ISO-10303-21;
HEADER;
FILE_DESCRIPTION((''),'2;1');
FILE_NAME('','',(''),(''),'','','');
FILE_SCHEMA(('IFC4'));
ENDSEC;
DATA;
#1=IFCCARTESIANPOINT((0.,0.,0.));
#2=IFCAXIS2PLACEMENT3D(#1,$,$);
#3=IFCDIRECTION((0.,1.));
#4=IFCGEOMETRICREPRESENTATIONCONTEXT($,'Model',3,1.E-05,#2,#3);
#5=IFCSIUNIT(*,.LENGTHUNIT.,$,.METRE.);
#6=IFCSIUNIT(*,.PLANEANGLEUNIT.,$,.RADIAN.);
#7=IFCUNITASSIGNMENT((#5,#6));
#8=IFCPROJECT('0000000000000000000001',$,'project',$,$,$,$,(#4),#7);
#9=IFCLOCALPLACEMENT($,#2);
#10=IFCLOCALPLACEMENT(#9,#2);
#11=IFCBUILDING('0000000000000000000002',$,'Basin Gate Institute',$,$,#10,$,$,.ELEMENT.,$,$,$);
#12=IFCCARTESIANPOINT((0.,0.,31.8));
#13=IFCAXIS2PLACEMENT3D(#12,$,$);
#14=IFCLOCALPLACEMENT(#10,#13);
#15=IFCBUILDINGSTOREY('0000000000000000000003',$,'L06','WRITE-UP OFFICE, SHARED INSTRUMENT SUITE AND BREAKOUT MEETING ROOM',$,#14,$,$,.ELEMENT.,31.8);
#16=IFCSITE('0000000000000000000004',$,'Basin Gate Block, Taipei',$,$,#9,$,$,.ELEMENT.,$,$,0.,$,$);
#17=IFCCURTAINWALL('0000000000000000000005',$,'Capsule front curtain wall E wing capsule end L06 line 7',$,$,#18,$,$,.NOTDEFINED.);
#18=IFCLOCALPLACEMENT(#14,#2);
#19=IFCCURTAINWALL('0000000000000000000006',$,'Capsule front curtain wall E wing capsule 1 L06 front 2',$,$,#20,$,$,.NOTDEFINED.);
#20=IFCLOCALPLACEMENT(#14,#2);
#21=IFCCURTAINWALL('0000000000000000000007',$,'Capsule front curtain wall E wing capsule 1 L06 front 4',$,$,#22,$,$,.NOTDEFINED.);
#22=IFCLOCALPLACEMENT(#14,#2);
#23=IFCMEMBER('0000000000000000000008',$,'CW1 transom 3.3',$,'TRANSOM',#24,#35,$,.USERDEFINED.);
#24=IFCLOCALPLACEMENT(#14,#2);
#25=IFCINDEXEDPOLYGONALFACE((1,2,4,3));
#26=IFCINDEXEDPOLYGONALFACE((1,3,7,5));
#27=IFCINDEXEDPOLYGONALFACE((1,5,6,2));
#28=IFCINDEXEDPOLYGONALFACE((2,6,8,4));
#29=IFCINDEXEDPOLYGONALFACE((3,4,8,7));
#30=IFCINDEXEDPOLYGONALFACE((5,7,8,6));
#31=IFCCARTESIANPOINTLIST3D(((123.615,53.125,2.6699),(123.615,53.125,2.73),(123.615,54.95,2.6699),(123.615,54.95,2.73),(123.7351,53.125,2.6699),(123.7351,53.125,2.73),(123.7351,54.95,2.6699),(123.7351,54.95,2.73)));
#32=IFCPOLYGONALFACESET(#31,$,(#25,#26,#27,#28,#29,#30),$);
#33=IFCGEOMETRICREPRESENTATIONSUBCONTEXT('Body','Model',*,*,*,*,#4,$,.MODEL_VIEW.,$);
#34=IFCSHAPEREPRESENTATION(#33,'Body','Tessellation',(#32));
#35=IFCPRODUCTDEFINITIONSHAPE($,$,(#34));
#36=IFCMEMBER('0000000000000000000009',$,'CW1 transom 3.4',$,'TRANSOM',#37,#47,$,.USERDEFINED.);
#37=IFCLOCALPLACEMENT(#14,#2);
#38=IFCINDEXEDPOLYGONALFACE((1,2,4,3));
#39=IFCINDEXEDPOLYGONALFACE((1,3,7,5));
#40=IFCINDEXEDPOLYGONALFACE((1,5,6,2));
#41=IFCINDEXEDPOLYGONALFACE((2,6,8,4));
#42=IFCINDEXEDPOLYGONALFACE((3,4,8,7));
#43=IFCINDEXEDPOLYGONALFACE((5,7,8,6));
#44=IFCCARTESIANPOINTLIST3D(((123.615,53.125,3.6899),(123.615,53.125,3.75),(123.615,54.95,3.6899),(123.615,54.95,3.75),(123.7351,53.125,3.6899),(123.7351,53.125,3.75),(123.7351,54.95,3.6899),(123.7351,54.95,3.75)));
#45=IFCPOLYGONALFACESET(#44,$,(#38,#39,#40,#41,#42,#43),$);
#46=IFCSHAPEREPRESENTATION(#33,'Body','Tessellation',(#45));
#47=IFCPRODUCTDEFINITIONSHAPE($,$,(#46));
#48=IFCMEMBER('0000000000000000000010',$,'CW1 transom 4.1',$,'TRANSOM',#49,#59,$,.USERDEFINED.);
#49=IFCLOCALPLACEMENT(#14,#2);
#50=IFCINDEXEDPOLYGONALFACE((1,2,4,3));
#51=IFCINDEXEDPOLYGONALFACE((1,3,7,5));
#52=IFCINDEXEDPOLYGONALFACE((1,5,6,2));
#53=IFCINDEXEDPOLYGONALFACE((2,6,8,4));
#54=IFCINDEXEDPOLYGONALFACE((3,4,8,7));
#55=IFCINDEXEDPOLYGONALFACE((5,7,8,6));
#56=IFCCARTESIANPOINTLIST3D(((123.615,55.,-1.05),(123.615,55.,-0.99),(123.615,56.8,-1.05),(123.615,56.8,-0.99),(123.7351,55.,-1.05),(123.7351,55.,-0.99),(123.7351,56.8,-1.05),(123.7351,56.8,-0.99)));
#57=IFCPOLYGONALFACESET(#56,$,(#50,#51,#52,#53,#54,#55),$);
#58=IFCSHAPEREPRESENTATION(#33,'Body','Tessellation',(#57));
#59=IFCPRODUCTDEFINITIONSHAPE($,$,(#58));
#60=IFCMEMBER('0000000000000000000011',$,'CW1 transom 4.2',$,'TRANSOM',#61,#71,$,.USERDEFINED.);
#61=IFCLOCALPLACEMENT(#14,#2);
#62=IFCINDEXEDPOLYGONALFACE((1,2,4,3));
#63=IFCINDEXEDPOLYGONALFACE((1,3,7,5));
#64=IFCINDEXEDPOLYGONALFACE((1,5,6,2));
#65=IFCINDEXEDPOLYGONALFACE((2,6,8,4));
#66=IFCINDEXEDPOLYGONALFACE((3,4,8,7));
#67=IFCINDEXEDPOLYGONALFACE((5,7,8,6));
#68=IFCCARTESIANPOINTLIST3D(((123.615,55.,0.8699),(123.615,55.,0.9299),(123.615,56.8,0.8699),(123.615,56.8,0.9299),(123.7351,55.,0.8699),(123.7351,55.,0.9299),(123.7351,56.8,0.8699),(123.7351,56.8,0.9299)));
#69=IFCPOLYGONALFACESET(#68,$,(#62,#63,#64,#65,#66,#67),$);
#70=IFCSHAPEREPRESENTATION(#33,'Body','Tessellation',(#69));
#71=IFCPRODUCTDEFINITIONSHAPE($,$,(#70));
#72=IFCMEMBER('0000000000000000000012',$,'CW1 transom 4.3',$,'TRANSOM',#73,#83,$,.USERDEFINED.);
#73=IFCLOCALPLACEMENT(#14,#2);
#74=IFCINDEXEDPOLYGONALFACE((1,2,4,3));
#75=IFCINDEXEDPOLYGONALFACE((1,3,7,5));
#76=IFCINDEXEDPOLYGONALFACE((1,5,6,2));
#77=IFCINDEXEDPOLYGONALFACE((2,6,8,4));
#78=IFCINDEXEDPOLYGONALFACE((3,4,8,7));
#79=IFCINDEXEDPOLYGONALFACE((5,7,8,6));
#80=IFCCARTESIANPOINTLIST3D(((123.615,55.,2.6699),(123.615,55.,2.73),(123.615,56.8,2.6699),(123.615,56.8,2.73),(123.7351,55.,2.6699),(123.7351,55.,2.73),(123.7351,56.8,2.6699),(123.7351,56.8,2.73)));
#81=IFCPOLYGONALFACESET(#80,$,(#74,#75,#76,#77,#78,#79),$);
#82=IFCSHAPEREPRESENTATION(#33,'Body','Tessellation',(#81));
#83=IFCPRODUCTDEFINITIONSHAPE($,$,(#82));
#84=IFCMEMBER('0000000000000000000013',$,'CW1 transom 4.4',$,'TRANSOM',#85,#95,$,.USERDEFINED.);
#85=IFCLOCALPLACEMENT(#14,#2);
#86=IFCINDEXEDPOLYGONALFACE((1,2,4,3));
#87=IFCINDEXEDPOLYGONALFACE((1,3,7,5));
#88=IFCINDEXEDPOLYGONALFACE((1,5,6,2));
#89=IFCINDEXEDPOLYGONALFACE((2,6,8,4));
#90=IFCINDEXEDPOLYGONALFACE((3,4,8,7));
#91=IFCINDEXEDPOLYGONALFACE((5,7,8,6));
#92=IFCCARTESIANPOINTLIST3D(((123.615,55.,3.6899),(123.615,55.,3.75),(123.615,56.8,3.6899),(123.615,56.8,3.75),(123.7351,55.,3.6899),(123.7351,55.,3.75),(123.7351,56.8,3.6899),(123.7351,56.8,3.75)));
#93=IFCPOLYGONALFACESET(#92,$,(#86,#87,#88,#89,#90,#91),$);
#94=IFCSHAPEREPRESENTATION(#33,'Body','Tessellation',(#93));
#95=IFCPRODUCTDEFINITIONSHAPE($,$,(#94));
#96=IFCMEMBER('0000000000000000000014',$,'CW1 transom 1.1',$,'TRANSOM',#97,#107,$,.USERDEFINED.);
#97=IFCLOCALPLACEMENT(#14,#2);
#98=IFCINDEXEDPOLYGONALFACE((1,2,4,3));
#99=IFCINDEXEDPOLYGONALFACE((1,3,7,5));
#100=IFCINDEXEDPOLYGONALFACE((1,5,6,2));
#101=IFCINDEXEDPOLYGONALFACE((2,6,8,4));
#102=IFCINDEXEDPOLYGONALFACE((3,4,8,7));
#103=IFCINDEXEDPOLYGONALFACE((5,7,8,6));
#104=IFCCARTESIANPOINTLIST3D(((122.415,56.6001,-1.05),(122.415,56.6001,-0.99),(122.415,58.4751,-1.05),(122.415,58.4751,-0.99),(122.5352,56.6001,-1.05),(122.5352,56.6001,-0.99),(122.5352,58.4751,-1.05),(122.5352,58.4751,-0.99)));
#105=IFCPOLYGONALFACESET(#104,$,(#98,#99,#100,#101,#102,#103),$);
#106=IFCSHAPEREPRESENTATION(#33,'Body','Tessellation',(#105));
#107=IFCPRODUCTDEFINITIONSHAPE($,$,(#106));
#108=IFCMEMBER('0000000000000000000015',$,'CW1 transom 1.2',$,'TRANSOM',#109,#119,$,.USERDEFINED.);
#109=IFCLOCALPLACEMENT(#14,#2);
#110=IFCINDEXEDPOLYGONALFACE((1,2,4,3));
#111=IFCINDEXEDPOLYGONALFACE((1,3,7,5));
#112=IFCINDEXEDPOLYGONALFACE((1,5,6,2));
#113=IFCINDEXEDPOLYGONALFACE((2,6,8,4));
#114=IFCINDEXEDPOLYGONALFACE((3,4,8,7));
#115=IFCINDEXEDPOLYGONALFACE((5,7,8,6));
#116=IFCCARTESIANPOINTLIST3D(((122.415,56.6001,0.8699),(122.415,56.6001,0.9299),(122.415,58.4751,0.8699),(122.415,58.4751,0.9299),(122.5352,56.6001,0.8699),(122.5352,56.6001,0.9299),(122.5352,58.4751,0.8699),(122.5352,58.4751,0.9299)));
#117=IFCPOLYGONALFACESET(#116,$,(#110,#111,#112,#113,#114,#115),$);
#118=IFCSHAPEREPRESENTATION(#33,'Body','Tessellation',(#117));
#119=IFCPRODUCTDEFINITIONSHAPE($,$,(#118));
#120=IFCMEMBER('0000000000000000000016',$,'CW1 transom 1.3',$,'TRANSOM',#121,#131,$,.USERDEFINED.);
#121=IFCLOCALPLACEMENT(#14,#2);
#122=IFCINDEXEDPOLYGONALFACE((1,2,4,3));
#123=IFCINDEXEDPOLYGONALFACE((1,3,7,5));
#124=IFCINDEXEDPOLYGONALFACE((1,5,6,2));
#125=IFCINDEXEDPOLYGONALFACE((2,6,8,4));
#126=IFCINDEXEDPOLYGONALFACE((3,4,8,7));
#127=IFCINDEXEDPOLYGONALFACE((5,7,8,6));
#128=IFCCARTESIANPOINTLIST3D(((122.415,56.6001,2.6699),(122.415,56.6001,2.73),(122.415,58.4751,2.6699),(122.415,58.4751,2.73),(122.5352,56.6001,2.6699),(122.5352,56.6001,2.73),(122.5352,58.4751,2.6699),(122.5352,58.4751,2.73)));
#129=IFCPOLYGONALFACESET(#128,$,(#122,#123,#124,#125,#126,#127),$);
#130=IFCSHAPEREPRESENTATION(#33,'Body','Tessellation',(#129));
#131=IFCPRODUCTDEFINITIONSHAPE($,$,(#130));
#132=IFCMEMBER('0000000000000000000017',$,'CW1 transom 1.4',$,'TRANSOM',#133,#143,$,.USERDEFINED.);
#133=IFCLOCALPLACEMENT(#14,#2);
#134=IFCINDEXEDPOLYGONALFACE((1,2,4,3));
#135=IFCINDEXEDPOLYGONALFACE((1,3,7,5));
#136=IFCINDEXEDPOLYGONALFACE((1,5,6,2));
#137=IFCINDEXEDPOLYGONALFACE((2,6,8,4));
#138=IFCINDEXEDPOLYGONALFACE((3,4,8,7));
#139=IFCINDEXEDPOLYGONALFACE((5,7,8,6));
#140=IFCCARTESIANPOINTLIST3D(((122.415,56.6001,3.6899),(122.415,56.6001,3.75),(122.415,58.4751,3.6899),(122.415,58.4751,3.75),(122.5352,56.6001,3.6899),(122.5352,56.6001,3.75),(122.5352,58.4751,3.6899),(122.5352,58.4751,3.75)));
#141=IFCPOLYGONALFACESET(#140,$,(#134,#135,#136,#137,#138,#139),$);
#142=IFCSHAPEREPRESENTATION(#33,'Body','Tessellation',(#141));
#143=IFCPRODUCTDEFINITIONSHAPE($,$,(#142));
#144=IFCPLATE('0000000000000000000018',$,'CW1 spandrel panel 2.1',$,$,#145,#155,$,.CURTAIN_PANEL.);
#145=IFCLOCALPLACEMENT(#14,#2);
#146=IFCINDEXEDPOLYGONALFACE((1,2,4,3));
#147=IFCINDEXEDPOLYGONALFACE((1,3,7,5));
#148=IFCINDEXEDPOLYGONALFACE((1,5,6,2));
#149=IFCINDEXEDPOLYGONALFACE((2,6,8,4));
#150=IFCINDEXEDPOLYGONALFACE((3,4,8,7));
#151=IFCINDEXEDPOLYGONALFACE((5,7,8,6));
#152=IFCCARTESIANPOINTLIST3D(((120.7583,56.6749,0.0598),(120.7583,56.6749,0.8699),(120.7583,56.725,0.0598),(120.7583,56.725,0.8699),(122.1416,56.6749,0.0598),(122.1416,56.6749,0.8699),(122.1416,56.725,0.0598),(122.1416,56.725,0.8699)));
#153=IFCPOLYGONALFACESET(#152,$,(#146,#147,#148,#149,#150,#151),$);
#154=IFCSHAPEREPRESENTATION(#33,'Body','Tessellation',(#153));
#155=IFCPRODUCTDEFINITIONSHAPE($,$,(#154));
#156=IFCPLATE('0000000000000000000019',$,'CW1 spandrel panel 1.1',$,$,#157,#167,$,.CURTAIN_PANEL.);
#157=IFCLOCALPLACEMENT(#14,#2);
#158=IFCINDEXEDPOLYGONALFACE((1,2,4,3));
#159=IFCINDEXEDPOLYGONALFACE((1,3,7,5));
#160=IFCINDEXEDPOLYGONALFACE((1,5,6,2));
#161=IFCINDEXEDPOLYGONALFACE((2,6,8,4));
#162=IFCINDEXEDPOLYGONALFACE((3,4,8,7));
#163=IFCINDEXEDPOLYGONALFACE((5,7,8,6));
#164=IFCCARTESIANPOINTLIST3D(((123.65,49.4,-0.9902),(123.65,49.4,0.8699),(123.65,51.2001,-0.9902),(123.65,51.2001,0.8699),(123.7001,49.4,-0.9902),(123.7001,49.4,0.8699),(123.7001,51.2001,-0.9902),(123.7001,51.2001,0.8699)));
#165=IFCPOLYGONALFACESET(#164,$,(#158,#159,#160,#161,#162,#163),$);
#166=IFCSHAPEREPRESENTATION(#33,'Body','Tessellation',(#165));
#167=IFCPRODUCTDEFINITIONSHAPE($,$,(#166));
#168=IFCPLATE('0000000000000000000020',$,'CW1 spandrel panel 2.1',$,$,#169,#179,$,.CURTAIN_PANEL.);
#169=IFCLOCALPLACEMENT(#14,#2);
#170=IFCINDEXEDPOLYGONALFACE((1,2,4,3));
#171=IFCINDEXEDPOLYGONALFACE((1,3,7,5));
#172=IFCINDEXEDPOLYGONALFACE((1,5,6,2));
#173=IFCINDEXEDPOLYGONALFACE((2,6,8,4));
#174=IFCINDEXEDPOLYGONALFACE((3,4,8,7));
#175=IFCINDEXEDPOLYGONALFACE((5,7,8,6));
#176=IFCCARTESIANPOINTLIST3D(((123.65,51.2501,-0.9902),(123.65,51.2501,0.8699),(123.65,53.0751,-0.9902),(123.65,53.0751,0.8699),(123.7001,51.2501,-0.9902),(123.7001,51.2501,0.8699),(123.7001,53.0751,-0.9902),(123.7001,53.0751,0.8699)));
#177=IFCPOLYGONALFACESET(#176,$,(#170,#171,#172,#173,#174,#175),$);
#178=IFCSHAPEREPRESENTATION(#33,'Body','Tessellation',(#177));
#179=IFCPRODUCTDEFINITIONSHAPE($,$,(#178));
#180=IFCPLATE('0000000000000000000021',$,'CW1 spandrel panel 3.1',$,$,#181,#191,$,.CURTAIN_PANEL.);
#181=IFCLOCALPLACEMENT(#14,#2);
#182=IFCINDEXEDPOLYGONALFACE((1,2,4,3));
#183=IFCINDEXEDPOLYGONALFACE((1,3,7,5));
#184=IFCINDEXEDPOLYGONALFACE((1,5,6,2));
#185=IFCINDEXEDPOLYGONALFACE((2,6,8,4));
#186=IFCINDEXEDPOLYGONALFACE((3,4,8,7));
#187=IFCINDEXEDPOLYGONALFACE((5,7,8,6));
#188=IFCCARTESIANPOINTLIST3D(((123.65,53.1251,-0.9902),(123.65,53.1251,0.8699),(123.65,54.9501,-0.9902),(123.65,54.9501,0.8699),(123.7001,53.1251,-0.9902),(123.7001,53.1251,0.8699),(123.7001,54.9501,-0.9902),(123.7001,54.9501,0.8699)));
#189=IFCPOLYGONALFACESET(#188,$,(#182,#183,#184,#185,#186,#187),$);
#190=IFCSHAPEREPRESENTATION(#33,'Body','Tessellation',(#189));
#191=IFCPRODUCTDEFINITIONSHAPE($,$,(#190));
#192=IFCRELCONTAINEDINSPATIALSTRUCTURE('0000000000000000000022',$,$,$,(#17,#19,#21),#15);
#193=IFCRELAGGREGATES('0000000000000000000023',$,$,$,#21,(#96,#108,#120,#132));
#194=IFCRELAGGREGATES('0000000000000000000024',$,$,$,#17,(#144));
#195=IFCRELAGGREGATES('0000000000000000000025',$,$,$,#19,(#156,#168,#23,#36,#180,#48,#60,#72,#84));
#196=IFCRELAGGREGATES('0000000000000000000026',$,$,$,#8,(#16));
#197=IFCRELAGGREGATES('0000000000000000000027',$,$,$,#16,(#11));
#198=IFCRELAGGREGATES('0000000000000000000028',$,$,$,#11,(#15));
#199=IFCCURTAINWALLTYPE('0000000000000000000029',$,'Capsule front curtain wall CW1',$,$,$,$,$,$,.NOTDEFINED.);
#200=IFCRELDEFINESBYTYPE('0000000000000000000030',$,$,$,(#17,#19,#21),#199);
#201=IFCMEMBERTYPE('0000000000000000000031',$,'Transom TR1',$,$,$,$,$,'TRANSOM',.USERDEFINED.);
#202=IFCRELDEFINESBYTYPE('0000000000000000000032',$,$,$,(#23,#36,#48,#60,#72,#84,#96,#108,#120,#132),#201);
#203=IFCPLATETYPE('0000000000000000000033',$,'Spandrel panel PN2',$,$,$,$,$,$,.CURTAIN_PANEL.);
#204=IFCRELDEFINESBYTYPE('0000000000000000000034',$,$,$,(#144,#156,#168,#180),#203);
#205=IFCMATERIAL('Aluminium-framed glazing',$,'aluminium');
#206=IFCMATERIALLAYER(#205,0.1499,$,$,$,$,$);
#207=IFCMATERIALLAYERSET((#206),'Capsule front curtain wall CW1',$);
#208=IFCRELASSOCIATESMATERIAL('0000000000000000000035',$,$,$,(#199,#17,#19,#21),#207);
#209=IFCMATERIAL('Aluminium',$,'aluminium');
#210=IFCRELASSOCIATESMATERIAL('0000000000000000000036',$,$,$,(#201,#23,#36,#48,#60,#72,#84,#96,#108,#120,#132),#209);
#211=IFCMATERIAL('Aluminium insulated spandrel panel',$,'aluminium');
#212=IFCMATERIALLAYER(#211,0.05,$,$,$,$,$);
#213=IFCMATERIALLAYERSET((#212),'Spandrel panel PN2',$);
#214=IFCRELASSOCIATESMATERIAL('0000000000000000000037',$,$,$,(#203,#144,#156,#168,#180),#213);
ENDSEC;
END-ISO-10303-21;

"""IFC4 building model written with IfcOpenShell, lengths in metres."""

from ifc_helpers import new_model, si_unit, direction, frame, origin, origin_2d, place, context, subcontext, project, spatial, rectangle, extrude, material, layer, layer_set, material_profile, profile_set, type_object, element, aggregate, save


model = new_model("IFC4")

# Units and contexts
model_context = context("Model", 3, precision=1e-05, world=origin(), true_north=direction((0.0, 1.0)))
body_context = subcontext(model_context, "Body", "Model", "MODEL_VIEW")
ifc_project = project(units=[si_unit("LENGTHUNIT", "METRE"), si_unit("PLANEANGLEUNIT", "RADIAN")], contexts=[model_context])

# Site, building, storey
site_placement = place(None, origin())
site = spatial("IfcSite", under=ifc_project, at=site_placement, Name="Basin Gate Block, Taipei", CompositionType="ELEMENT", RefElevation=0.0)
building_placement = place(site_placement, origin())
building = spatial("IfcBuilding", under=site, at=building_placement, Name="Basin Gate Institute", CompositionType="ELEMENT")
storey_placement = place(building_placement, frame((0.0, 0.0, 31.8)))
storey = spatial("IfcBuildingStorey", under=building, at=storey_placement, Name="L06", Description="WRITE-UP OFFICE, SHARED INSTRUMENT SUITE AND BREAKOUT MEETING ROOM", CompositionType="ELEMENT", Elevation=31.8)

# Curtain wall
ifc_material_1 = material(Name="Aluminium-framed glazing", Category="aluminium")
ifc_layer_1 = layer(ifc_material_1, 0.1499)
ifc_layer_set_1 = layer_set([ifc_layer_1], Name="Capsule front curtain wall CW1")
curtain_wall_type = type_object("IfcCurtainWallType", Name="Capsule front curtain wall CW1", PredefinedType="NOTDEFINED", material=ifc_layer_set_1)
curtain_wall_1_placement = place(storey_placement, origin())
curtain_wall_1 = element("IfcCurtainWall", 1, at=curtain_wall_1_placement, inside=storey, type_object=curtain_wall_type, material=ifc_layer_set_1, Name="Capsule front curtain wall E wing capsule end L06 line 7", PredefinedType="NOTDEFINED")

# Curtain wall
curtain_wall_2_placement = place(storey_placement, origin())
curtain_wall_2 = element("IfcCurtainWall", 2, at=curtain_wall_2_placement, inside=storey, type_object=curtain_wall_type, material=ifc_layer_set_1, Name="Capsule front curtain wall E wing capsule 1 L06 front 2", PredefinedType="NOTDEFINED")

# Curtain wall
curtain_wall_3_placement = place(storey_placement, origin())
curtain_wall_3 = element("IfcCurtainWall", 3, at=curtain_wall_3_placement, inside=storey, type_object=curtain_wall_type, material=ifc_layer_set_1, Name="Capsule front curtain wall E wing capsule 1 L06 front 4", PredefinedType="NOTDEFINED")

# Members
ifc_material_2 = material(Name="Aluminium", Category="aluminium")
ifc_material_profile_1 = material_profile(ifc_material_2, rectangle(XDim=0.1201, YDim=0.0601, at=origin_2d()), Name="Transom TR1 120 x 60")
ifc_profile_set_1 = profile_set([ifc_material_profile_1], Name="Aluminium")
member_type_1 = type_object("IfcMemberType", Name="Transom TR1", ElementType="TRANSOM", PredefinedType="USERDEFINED", material=ifc_profile_set_1)
member_1_placement = place(storey_placement, frame((123.675, 53.125, 2.7), z_axis=(0.0, 1.0, 0.0), x_axis=(-1.0, 0.0, 0.0)))
member_1 = element("IfcMember", 4, at=member_1_placement, type_object=member_type_1, material=ifc_profile_set_1, Name="CW1 transom 3.3", ObjectType="TRANSOM", PredefinedType="USERDEFINED", context=body_context, shape_type="SweptSolid", body=[
    extrude(rectangle(XDim=0.1201, YDim=0.0601, at=origin_2d()), origin(), (0.0, 0.0, 1.0), 1.825),
])
member_2_placement = place(storey_placement, frame((123.675, 53.125, 3.72), z_axis=(0.0, 1.0, 0.0), x_axis=(-1.0, 0.0, 0.0)))
member_2 = element("IfcMember", 5, at=member_2_placement, type_object=member_type_1, material=ifc_profile_set_1, Name="CW1 transom 3.4", ObjectType="TRANSOM", PredefinedType="USERDEFINED", context=body_context, shape_type="SweptSolid", body=[
    extrude(rectangle(XDim=0.1201, YDim=0.0601, at=origin_2d()), origin(), (0.0, 0.0, 1.0), 1.825),
])
member_3_placement = place(storey_placement, frame((123.675, 55.0, -1.02), z_axis=(0.0, 1.0, 0.0), x_axis=(-1.0, 0.0, 0.0)))
member_3 = element("IfcMember", 6, at=member_3_placement, type_object=member_type_1, material=ifc_profile_set_1, Name="CW1 transom 4.1", ObjectType="TRANSOM", PredefinedType="USERDEFINED", context=body_context, shape_type="SweptSolid", body=[
    extrude(rectangle(XDim=0.1201, YDim=0.0601, at=origin_2d()), origin(), (0.0, 0.0, 1.0), 1.8),
])
member_4_placement = place(storey_placement, frame((123.675, 55.0, 0.8999), z_axis=(0.0, 1.0, 0.0), x_axis=(-1.0, 0.0, 0.0)))
member_4 = element("IfcMember", 7, at=member_4_placement, type_object=member_type_1, material=ifc_profile_set_1, Name="CW1 transom 4.2", ObjectType="TRANSOM", PredefinedType="USERDEFINED", context=body_context, shape_type="SweptSolid", body=[
    extrude(rectangle(XDim=0.1201, YDim=0.0601, at=origin_2d()), origin(), (0.0, 0.0, 1.0), 1.8),
])
member_5_placement = place(storey_placement, frame((123.675, 55.0, 2.7), z_axis=(0.0, 1.0, 0.0), x_axis=(-1.0, 0.0, 0.0)))
member_5 = element("IfcMember", 8, at=member_5_placement, type_object=member_type_1, material=ifc_profile_set_1, Name="CW1 transom 4.3", ObjectType="TRANSOM", PredefinedType="USERDEFINED", context=body_context, shape_type="SweptSolid", body=[
    extrude(rectangle(XDim=0.1201, YDim=0.0601, at=origin_2d()), origin(), (0.0, 0.0, 1.0), 1.8),
])
member_6_placement = place(storey_placement, frame((123.675, 55.0, 3.72), z_axis=(0.0, 1.0, 0.0), x_axis=(-1.0, 0.0, 0.0)))
member_6 = element("IfcMember", 9, at=member_6_placement, type_object=member_type_1, material=ifc_profile_set_1, Name="CW1 transom 4.4", ObjectType="TRANSOM", PredefinedType="USERDEFINED", context=body_context, shape_type="SweptSolid", body=[
    extrude(rectangle(XDim=0.1201, YDim=0.0601, at=origin_2d()), origin(), (0.0, 0.0, 1.0), 1.8),
])
member_7_placement = place(storey_placement, frame((122.4751, 56.6001, -1.02), z_axis=(0.0, 1.0, 0.0), x_axis=(-1.0, 0.0, 0.0)))
member_7 = element("IfcMember", 10, at=member_7_placement, type_object=member_type_1, material=ifc_profile_set_1, Name="CW1 transom 1.1", ObjectType="TRANSOM", PredefinedType="USERDEFINED", context=body_context, shape_type="SweptSolid", body=[
    extrude(rectangle(XDim=0.1201, YDim=0.0601, at=origin_2d()), origin(), (0.0, 0.0, 1.0), 1.875),
])
member_8_placement = place(storey_placement, frame((122.4751, 56.6001, 0.8999), z_axis=(0.0, 1.0, 0.0), x_axis=(-1.0, 0.0, 0.0)))
member_8 = element("IfcMember", 11, at=member_8_placement, type_object=member_type_1, material=ifc_profile_set_1, Name="CW1 transom 1.2", ObjectType="TRANSOM", PredefinedType="USERDEFINED", context=body_context, shape_type="SweptSolid", body=[
    extrude(rectangle(XDim=0.1201, YDim=0.0601, at=origin_2d()), origin(), (0.0, 0.0, 1.0), 1.875),
])
member_9_placement = place(storey_placement, frame((122.4751, 56.6001, 2.7), z_axis=(0.0, 1.0, 0.0), x_axis=(-1.0, 0.0, 0.0)))
member_9 = element("IfcMember", 12, at=member_9_placement, type_object=member_type_1, material=ifc_profile_set_1, Name="CW1 transom 1.3", ObjectType="TRANSOM", PredefinedType="USERDEFINED", context=body_context, shape_type="SweptSolid", body=[
    extrude(rectangle(XDim=0.1201, YDim=0.0601, at=origin_2d()), origin(), (0.0, 0.0, 1.0), 1.875),
])
member_10_placement = place(storey_placement, frame((122.4751, 56.6001, 3.72), z_axis=(0.0, 1.0, 0.0), x_axis=(-1.0, 0.0, 0.0)))
member_10 = element("IfcMember", 13, at=member_10_placement, type_object=member_type_1, material=ifc_profile_set_1, Name="CW1 transom 1.4", ObjectType="TRANSOM", PredefinedType="USERDEFINED", context=body_context, shape_type="SweptSolid", body=[
    extrude(rectangle(XDim=0.1201, YDim=0.0601, at=origin_2d()), origin(), (0.0, 0.0, 1.0), 1.875),
])
aggregate(curtain_wall_3, [member_7, member_8, member_9, member_10])

# Plates
ifc_material_3 = material(Name="Aluminium insulated spandrel panel", Category="aluminium")
ifc_layer_2 = layer(ifc_material_3, 0.05)
ifc_layer_set_2 = layer_set([ifc_layer_2], Name="Spandrel panel PN2")
plate_type_1 = type_object("IfcPlateType", Name="Spandrel panel PN2", PredefinedType="CURTAIN_PANEL", material=ifc_layer_set_2)
plate_1_placement = place(storey_placement, frame((121.45, 56.7, 0.0598), z_axis=(0.0, 0.0, 1.0), x_axis=(-1.0, 0.0, 0.0)))
plate_1 = element("IfcPlate", 14, at=plate_1_placement, type_object=plate_type_1, material=ifc_layer_set_2, Name="CW1 spandrel panel 2.1", PredefinedType="CURTAIN_PANEL", context=body_context, shape_type="SweptSolid", body=[
    extrude(rectangle(XDim=1.3833, YDim=0.05, at=origin_2d()), origin(), (0.0, 0.0, 1.0), 0.8101),
])
plate_2_placement = place(storey_placement, frame((123.675, 50.3, -0.9902), z_axis=(0.0, 0.0, 1.0), x_axis=(0.0, 1.0, 0.0)))
plate_2 = element("IfcPlate", 15, at=plate_2_placement, type_object=plate_type_1, material=ifc_layer_set_2, Name="CW1 spandrel panel 1.1", PredefinedType="CURTAIN_PANEL", context=body_context, shape_type="SweptSolid", body=[
    extrude(rectangle(XDim=1.8, YDim=0.05, at=origin_2d()), origin(), (0.0, 0.0, 1.0), 1.8601),
])
plate_3_placement = place(storey_placement, frame((123.675, 52.1626, -0.9902), z_axis=(0.0, 0.0, 1.0), x_axis=(0.0, 1.0, 0.0)))
plate_3 = element("IfcPlate", 16, at=plate_3_placement, type_object=plate_type_1, material=ifc_layer_set_2, Name="CW1 spandrel panel 2.1", PredefinedType="CURTAIN_PANEL", context=body_context, shape_type="SweptSolid", body=[
    extrude(rectangle(XDim=1.825, YDim=0.05, at=origin_2d()), origin(), (0.0, 0.0, 1.0), 1.8601),
])
plate_4_placement = place(storey_placement, frame((123.675, 54.0376, -0.9902), z_axis=(0.0, 0.0, 1.0), x_axis=(0.0, 1.0, 0.0)))
plate_4 = element("IfcPlate", 17, at=plate_4_placement, type_object=plate_type_1, material=ifc_layer_set_2, Name="CW1 spandrel panel 3.1", PredefinedType="CURTAIN_PANEL", context=body_context, shape_type="SweptSolid", body=[
    extrude(rectangle(XDim=1.825, YDim=0.05, at=origin_2d()), origin(), (0.0, 0.0, 1.0), 1.8601),
])
aggregate(curtain_wall_1, [plate_1])
aggregate(curtain_wall_2, [plate_2, plate_3, member_1, member_2, plate_4, member_3, member_4, member_5, member_6])

save(model, "model.ifc")
